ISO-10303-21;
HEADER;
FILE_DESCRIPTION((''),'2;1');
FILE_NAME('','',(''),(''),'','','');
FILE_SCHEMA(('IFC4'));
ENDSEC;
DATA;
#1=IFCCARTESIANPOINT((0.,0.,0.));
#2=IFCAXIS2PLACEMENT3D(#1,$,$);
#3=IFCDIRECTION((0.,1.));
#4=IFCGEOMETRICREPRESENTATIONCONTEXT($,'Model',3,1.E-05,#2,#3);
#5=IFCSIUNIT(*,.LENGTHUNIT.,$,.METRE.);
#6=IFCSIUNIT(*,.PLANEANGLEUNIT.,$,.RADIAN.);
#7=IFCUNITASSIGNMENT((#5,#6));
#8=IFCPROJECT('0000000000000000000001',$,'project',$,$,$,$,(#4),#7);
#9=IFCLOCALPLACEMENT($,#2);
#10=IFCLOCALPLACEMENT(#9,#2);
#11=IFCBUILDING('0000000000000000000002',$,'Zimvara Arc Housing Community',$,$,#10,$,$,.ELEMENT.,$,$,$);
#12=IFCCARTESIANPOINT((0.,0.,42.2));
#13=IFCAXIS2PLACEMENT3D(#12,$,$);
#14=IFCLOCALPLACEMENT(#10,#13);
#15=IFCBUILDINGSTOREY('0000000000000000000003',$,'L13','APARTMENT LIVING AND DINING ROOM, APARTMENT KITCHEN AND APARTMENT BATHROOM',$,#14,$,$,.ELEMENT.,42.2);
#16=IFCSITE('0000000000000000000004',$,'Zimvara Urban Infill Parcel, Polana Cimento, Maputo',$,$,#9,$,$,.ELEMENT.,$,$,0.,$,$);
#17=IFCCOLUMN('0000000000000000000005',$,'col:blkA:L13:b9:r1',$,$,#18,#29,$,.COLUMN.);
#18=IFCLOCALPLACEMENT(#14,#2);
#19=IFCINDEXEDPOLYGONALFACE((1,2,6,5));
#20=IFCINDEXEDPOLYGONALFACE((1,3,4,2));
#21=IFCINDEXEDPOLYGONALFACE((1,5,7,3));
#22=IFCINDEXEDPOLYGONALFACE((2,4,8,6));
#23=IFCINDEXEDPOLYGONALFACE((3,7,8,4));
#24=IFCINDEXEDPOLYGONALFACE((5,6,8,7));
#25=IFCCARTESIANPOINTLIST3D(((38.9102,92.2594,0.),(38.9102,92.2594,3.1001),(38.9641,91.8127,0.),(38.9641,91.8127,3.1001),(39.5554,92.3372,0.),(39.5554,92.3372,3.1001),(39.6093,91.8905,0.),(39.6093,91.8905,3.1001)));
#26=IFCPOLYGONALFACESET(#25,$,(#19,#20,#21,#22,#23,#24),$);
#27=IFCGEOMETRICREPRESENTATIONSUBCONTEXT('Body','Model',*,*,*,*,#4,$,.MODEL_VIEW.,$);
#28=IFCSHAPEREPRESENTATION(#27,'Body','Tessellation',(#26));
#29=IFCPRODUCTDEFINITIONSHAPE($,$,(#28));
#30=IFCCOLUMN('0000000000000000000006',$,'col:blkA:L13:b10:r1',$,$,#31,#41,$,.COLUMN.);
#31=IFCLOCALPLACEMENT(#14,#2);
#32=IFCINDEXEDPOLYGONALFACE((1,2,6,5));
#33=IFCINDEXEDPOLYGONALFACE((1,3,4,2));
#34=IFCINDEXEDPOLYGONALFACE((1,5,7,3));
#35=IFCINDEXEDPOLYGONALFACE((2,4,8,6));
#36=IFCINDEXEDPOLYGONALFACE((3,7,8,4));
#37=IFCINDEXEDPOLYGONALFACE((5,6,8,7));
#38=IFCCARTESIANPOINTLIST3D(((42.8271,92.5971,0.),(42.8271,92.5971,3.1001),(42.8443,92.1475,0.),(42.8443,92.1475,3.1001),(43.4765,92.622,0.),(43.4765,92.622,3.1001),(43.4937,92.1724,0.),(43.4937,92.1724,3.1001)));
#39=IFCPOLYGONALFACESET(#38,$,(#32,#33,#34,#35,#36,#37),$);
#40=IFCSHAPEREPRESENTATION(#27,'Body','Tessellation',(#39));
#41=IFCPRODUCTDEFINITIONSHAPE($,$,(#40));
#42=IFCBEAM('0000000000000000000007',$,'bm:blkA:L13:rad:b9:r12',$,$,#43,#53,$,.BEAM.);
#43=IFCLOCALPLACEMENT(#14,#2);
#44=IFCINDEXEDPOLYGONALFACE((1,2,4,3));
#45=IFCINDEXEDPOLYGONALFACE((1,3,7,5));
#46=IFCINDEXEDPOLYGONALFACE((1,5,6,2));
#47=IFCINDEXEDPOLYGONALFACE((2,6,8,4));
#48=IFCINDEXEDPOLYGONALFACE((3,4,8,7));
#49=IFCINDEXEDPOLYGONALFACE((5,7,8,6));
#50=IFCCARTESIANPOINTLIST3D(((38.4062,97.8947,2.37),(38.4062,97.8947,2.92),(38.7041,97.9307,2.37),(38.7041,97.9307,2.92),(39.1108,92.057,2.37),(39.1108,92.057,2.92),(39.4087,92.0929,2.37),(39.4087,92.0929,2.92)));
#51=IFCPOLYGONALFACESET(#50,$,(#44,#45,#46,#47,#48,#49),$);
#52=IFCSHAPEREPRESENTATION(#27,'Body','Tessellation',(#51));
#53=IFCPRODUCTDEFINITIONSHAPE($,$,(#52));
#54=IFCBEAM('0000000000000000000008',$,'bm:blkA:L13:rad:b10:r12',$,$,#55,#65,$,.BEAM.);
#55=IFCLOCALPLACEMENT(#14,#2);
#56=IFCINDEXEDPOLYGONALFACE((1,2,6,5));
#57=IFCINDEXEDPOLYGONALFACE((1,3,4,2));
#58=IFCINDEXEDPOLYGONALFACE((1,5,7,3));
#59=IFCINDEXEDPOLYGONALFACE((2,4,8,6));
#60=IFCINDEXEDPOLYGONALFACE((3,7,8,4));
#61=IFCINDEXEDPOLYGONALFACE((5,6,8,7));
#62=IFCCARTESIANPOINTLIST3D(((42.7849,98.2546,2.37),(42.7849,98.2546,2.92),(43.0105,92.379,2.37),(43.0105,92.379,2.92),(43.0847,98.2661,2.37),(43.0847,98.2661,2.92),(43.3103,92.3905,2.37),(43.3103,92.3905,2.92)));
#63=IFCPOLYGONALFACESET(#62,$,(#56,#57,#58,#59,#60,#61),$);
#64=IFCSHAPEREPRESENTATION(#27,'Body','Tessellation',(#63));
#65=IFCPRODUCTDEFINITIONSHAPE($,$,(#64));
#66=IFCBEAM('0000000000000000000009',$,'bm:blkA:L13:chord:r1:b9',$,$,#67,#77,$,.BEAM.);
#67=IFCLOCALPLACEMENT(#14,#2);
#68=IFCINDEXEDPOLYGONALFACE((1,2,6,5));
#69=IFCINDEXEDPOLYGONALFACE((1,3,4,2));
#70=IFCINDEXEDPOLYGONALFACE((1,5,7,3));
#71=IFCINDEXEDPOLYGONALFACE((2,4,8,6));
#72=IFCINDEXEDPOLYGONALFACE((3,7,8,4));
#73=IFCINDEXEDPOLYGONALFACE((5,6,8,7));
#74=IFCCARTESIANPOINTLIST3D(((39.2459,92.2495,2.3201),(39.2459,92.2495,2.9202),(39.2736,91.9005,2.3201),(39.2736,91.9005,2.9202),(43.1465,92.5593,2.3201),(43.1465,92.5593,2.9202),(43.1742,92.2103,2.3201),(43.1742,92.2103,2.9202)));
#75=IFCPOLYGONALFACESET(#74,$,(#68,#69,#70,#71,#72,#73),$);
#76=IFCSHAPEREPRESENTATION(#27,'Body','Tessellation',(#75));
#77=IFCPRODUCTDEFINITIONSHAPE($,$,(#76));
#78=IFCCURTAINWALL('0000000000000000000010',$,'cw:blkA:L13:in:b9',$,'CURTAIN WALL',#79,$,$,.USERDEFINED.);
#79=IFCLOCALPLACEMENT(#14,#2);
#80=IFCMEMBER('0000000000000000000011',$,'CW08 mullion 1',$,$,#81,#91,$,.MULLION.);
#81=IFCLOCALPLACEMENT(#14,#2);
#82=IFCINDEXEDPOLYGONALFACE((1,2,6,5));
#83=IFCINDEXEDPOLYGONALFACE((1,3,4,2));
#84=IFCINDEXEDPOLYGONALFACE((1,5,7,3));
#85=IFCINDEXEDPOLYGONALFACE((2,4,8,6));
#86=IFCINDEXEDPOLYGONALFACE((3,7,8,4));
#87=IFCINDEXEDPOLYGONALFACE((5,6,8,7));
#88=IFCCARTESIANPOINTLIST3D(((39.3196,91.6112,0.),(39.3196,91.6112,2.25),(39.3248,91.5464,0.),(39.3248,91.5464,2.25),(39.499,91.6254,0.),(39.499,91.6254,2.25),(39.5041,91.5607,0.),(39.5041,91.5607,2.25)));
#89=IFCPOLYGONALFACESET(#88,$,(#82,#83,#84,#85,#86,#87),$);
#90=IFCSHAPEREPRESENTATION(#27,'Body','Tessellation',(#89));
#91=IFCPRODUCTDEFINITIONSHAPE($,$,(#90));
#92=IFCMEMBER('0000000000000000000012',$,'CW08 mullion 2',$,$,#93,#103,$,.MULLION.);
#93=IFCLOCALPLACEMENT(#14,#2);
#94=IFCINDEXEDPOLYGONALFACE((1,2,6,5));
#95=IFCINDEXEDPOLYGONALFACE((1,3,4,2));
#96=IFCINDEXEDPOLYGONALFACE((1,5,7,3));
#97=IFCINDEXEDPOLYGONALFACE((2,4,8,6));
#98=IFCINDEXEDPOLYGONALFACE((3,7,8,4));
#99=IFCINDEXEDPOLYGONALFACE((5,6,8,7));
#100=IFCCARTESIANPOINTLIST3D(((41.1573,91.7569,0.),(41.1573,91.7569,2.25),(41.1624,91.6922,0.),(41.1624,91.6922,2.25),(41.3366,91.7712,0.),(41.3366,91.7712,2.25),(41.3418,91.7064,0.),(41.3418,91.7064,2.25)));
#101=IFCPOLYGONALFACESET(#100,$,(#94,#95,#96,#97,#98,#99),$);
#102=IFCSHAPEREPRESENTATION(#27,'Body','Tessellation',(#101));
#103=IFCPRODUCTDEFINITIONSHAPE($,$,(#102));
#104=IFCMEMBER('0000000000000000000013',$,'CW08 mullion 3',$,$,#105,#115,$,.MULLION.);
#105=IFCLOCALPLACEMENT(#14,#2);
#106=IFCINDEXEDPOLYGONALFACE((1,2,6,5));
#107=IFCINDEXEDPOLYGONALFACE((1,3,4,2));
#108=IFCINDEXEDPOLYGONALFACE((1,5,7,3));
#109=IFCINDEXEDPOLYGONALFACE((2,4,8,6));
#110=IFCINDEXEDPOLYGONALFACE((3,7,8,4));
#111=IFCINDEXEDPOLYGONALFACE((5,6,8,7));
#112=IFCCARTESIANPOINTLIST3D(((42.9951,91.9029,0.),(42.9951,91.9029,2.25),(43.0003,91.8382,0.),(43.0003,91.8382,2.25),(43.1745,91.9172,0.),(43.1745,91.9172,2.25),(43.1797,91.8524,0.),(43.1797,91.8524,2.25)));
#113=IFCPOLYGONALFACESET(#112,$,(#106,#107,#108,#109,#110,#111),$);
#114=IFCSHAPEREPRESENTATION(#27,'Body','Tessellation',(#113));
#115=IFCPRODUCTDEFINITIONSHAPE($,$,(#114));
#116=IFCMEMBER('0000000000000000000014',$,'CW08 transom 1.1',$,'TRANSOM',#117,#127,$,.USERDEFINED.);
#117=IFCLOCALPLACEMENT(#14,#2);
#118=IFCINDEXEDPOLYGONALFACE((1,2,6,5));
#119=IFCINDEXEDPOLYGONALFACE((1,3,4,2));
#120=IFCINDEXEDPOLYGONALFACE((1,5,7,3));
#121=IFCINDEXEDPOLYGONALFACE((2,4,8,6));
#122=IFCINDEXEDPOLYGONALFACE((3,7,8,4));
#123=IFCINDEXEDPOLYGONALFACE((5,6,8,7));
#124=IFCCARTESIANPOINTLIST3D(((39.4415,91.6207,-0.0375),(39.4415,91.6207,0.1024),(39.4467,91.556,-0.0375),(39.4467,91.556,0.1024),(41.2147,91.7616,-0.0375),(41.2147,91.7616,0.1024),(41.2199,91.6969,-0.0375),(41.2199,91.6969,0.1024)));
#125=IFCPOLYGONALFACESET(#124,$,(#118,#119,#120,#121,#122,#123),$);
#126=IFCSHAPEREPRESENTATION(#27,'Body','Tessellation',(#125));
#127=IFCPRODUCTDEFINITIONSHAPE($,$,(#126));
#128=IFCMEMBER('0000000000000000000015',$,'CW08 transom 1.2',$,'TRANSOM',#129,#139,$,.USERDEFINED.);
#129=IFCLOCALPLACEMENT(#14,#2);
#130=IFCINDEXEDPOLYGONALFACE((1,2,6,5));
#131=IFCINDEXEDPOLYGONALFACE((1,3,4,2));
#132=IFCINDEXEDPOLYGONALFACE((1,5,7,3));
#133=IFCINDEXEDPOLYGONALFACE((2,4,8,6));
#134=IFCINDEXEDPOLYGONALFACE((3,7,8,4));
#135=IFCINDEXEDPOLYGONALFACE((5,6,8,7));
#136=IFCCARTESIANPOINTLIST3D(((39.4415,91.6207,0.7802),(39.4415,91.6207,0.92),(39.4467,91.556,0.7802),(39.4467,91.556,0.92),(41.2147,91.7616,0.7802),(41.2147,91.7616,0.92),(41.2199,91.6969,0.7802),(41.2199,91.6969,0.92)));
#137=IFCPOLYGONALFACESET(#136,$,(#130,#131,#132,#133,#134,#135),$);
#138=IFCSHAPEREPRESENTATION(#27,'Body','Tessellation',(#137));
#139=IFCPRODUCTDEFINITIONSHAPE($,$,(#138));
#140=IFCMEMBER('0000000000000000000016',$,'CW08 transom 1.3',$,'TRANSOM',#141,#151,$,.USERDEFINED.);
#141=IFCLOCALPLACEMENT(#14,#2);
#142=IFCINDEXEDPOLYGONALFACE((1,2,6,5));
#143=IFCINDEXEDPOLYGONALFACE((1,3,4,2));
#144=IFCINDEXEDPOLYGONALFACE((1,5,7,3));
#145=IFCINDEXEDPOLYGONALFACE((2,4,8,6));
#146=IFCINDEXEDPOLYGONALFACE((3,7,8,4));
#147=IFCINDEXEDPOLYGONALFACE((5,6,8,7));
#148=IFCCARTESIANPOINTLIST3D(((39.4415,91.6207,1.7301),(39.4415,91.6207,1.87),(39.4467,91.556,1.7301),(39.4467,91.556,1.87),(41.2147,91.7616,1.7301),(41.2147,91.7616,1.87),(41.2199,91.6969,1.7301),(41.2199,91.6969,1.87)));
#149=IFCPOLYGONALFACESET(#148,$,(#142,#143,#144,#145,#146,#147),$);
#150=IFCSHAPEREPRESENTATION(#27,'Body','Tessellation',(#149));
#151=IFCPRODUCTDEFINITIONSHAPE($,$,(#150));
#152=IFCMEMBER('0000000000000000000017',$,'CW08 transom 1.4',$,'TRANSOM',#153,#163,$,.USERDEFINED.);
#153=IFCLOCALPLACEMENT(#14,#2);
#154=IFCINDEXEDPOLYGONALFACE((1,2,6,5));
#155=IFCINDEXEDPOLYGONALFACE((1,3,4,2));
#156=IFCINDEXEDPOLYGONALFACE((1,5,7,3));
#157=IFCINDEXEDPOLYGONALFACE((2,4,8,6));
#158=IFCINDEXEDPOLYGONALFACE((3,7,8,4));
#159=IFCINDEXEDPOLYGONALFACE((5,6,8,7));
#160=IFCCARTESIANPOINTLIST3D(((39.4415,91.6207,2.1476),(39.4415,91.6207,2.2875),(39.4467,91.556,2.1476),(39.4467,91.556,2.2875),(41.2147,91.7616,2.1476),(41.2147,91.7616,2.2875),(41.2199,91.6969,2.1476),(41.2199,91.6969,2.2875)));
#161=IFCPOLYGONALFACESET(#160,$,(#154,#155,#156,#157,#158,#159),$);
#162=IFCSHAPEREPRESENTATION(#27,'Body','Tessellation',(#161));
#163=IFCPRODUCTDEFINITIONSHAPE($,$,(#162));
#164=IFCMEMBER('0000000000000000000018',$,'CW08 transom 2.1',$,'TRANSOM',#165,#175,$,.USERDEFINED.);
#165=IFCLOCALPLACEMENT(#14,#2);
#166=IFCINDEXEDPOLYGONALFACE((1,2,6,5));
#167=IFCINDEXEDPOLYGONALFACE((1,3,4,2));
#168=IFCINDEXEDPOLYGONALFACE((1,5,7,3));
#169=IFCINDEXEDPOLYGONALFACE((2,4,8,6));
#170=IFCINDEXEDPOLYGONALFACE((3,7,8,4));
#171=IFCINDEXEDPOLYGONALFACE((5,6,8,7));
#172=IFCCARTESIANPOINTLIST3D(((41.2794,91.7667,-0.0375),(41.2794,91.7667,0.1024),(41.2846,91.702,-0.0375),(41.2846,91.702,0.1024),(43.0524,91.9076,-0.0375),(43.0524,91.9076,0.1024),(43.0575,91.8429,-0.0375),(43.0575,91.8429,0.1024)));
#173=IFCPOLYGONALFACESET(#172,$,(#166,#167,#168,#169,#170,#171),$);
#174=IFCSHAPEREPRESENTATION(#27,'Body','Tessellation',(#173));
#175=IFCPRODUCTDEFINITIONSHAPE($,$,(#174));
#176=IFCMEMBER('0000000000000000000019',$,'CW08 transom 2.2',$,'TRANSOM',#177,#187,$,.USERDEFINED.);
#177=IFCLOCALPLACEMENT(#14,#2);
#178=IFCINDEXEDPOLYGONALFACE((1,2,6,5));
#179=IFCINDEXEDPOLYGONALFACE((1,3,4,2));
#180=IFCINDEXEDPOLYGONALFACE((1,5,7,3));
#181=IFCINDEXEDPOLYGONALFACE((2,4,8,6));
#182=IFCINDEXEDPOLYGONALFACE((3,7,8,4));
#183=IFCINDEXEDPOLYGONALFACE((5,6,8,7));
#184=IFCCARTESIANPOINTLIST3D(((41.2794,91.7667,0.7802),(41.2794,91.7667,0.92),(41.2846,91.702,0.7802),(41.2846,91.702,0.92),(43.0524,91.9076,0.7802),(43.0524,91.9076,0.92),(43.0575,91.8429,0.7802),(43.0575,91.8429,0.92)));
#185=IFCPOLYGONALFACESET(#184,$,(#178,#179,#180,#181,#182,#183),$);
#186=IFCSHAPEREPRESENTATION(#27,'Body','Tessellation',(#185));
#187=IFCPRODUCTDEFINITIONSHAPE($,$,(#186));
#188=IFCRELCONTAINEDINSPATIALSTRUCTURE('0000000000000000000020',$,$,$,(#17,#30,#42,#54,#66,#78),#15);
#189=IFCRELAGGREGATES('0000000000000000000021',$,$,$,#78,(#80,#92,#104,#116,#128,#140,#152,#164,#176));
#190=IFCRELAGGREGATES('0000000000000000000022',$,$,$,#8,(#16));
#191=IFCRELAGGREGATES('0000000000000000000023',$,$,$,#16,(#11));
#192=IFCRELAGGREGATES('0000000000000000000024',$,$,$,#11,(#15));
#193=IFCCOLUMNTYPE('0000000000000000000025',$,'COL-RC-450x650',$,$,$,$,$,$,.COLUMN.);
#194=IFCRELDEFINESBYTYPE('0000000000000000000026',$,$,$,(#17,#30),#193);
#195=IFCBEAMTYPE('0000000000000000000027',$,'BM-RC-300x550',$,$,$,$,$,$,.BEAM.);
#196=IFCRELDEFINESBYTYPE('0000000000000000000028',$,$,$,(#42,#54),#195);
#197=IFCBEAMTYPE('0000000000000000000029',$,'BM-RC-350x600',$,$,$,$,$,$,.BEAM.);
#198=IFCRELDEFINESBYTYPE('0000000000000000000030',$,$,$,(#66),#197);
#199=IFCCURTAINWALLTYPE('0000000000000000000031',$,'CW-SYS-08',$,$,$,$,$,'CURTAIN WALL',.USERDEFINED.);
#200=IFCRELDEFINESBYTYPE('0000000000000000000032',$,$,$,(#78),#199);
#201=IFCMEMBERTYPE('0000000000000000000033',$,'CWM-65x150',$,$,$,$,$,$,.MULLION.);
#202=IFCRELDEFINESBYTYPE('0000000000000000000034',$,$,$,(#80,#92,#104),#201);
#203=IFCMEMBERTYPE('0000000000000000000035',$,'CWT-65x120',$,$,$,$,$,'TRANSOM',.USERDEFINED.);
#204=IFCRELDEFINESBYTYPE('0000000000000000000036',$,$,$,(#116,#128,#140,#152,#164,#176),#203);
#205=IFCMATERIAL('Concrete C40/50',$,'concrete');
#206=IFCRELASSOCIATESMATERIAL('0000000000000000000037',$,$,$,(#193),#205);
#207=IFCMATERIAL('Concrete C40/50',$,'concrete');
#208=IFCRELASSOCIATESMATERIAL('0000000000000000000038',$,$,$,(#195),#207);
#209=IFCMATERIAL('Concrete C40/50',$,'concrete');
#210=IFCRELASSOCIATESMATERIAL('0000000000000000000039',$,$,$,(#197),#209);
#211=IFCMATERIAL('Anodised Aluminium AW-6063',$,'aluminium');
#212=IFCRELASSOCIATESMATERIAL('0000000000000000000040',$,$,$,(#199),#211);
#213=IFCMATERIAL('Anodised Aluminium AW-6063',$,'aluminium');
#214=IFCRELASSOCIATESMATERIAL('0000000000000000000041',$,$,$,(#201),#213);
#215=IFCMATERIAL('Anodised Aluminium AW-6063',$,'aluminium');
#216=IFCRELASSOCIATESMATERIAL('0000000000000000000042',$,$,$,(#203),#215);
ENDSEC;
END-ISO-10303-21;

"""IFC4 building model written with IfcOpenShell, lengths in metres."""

from ifc_helpers import new_model, si_unit, direction, frame, origin, origin_2d, place, context, subcontext, project, spatial, rectangle, extrude, material, material_profile, profile_set, type_object, element, aggregate, save


model = new_model("IFC4")

# Units and contexts
model_context = context("Model", 3, precision=1e-05, world=origin(), true_north=direction((0.0, 1.0)))
body_context = subcontext(model_context, "Body", "Model", "MODEL_VIEW")
ifc_project = project(units=[si_unit("LENGTHUNIT", "METRE"), si_unit("PLANEANGLEUNIT", "RADIAN")], contexts=[model_context])

# Site, building, storey
site_placement = place(None, origin())
site = spatial("IfcSite", under=ifc_project, at=site_placement, Name="Zimvara Urban Infill Parcel, Polana Cimento, Maputo", CompositionType="ELEMENT", RefElevation=0.0)
building_placement = place(site_placement, origin())
building = spatial("IfcBuilding", under=site, at=building_placement, Name="Zimvara Arc Housing Community", CompositionType="ELEMENT")
storey_placement = place(building_placement, frame((0.0, 0.0, 42.2)))
storey = spatial("IfcBuildingStorey", under=building, at=storey_placement, Name="L13", Description="APARTMENT LIVING AND DINING ROOM, APARTMENT KITCHEN AND APARTMENT BATHROOM", CompositionType="ELEMENT", Elevation=42.2)

# Columns
ifc_material_1 = material(Name="Concrete C40/50", Category="concrete")
ifc_material_profile_1 = material_profile(ifc_material_1, rectangle(XDim=0.45, YDim=0.6499, at=origin_2d()), Name="RC 450x650")
ifc_profile_set_1 = profile_set([ifc_material_profile_1], Name="Concrete C40/50")
column_type = type_object("IfcColumnType", Name="COL-RC-450x650", PredefinedType="COLUMN", material=ifc_profile_set_1)
for number, where, z_axis, x_axis, name in (
    (1, (39.2598, 92.075, 0.0), (0.0, 0.0, 1.0), (-0.11979, 0.992799, 0.0), "col:blkA:L13:b9:r1"),
    (2, (43.1604, 92.3848, 0.0), (0.0, 0.0, 1.0), (-0.038388, 0.999263, 0.0), "col:blkA:L13:b10:r1"),
):
    element("IfcColumn", number, at=place(storey_placement, frame(where, z_axis=z_axis, x_axis=x_axis)), inside=storey, type_object=column_type, Name=name, PredefinedType="COLUMN", context=body_context, shape_type="SweptSolid", body=[
        extrude(rectangle(XDim=0.45, YDim=0.6499, at=origin_2d()), origin(), (0.0, 0.0, 1.0), 3.1001),
    ])

# Beams
ifc_material_2 = material(Name="Concrete C40/50", Category="concrete")
ifc_material_profile_2 = material_profile(ifc_material_2, rectangle(XDim=0.3, YDim=0.55, at=origin_2d()), Name="RC 300x550")
ifc_profile_set_2 = profile_set([ifc_material_profile_2], Name="Concrete C40/50")
beam_type_1 = type_object("IfcBeamType", Name="BM-RC-300x550", PredefinedType="BEAM", material=ifc_profile_set_2)
beam_1_placement = place(storey_placement, frame((39.2598, 92.075, 2.645), z_axis=(-0.119828, 0.992795, 0.0), x_axis=(-0.992795, -0.119828, 0.0)))
element("IfcBeam", 3, at=beam_1_placement, inside=storey, type_object=beam_type_1, Name="bm:blkA:L13:rad:b9:r12", PredefinedType="BEAM", context=body_context, shape_type="SweptSolid", body=[
    extrude(rectangle(XDim=0.3, YDim=0.55, at=origin_2d()), origin(), (0.0, 0.0, 1.0), 5.8801),
])
beam_2_placement = place(storey_placement, frame((43.1604, 92.3848, 2.645), z_axis=(-0.038366, 0.999264, 0.0), x_axis=(-0.999264, -0.038366, 0.0)))
element("IfcBeam", 4, at=beam_2_placement, inside=storey, type_object=beam_type_1, Name="bm:blkA:L13:rad:b10:r12", PredefinedType="BEAM", context=body_context, shape_type="SweptSolid", body=[
    extrude(rectangle(XDim=0.3, YDim=0.55, at=origin_2d()), origin(), (0.0, 0.0, 1.0), 5.8799),
])
ifc_material_3 = material(Name="Concrete C40/50", Category="concrete")
ifc_material_profile_3 = material_profile(ifc_material_3, rectangle(XDim=0.3501, YDim=0.6001, at=origin_2d()), Name="RC 350x600")
ifc_profile_set_3 = profile_set([ifc_material_profile_3], Name="Concrete C40/50")
beam_type_2 = type_object("IfcBeamType", Name="BM-RC-350x600", PredefinedType="BEAM", material=ifc_profile_set_3)
beam_3_placement = place(storey_placement, frame((39.2598, 92.075, 2.6201), z_axis=(0.996861, 0.079177, 0.0), x_axis=(-0.079177, 0.996861, 0.0)))
element("IfcBeam", 5, at=beam_3_placement, inside=storey, type_object=beam_type_2, Name="bm:blkA:L13:chord:r1:b9", PredefinedType="BEAM", context=body_context, shape_type="SweptSolid", body=[
    extrude(rectangle(XDim=0.3501, YDim=0.6001, at=origin_2d()), origin(), (0.0, 0.0, 1.0), 3.9128),
])

# Curtain wall, members
ifc_material_4 = material(Name="Anodised Aluminium AW-6063", Category="aluminium")
curtain_wall_type = type_object("IfcCurtainWallType", Name="CW-SYS-08", ElementType="CURTAIN WALL", PredefinedType="USERDEFINED", material=ifc_material_4)
curtain_wall_placement = place(storey_placement, origin())
curtain_wall = element("IfcCurtainWall", 6, at=curtain_wall_placement, inside=storey, type_object=curtain_wall_type, Name="cw:blkA:L13:in:b9", ObjectType="CURTAIN WALL", PredefinedType="USERDEFINED")
ifc_material_5 = material(Name="Anodised Aluminium AW-6063", Category="aluminium")
ifc_material_profile_4 = material_profile(ifc_material_5, rectangle(XDim=0.0649, YDim=0.1799, at=origin_2d()), Name="ALU 65x180")
ifc_profile_set_4 = profile_set([ifc_material_profile_4], Name="Anodised Aluminium AW-6063")
member_type_1 = type_object("IfcMemberType", Name="CWM-65x150", PredefinedType="MULLION", material=ifc_profile_set_4)
member_1_placement = place(storey_placement, frame((39.4119, 91.5859, 0.0), z_axis=(0.0, 0.0, 1.0), x_axis=(-0.079155, 0.996862, 0.0)))
member_1 = element("IfcMember", 7, at=member_1_placement, type_object=member_type_1, Name="CW08 mullion 1", PredefinedType="MULLION", context=body_context, shape_type="SweptSolid", body=[
    extrude(rectangle(XDim=0.0649, YDim=0.1799, at=origin_2d()), origin(), (0.0, 0.0, 1.0), 2.25),
])
member_2_placement = place(storey_placement, frame((41.2495, 91.7317, 0.0), z_axis=(0.0, 0.0, 1.0), x_axis=(-0.079155, 0.996862, 0.0)))
member_2 = element("IfcMember", 8, at=member_2_placement, type_object=member_type_1, Name="CW08 mullion 2", PredefinedType="MULLION", context=body_context, shape_type="SweptSolid", body=[
    extrude(rectangle(XDim=0.0649, YDim=0.1799, at=origin_2d()), origin(), (0.0, 0.0, 1.0), 2.25),
])
member_3_placement = place(storey_placement, frame((43.0874, 91.8777, 0.0), z_axis=(0.0, 0.0, 1.0), x_axis=(-0.079155, 0.996862, 0.0)))
member_3 = element("IfcMember", 9, at=member_3_placement, type_object=member_type_1, Name="CW08 mullion 3", PredefinedType="MULLION", context=body_context, shape_type="SweptSolid", body=[
    extrude(rectangle(XDim=0.0649, YDim=0.1799, at=origin_2d()), origin(), (0.0, 0.0, 1.0), 2.25),
])
ifc_material_6 = material(Name="Anodised Aluminium AW-6063", Category="aluminium")
ifc_material_profile_5 = material_profile(ifc_material_6, rectangle(XDim=0.0649, YDim=0.1399, at=origin_2d()), Name="ALU 65x140")
ifc_profile_set_5 = profile_set([ifc_material_profile_5], Name="Anodised Aluminium AW-6063")
member_type_2 = type_object("IfcMemberType", Name="CWT-65x120", ElementType="TRANSOM", PredefinedType="USERDEFINED", material=ifc_profile_set_5)
member_4_placement = place(storey_placement, frame((39.4441, 91.5884, 0.0325), z_axis=(0.996859, 0.079194, 0.0), x_axis=(-0.079194, 0.996859, 0.0)))
member_4 = element("IfcMember", 10, at=member_4_placement, type_object=member_type_2, Name="CW08 transom 1.1", ObjectType="TRANSOM", PredefinedType="USERDEFINED", context=body_context, shape_type="SweptSolid", body=[
    extrude(rectangle(XDim=0.0649, YDim=0.1399, at=origin_2d()), origin(), (0.0, 0.0, 1.0), 1.7788),
])
member_5_placement = place(storey_placement, frame((39.4441, 91.5884, 0.8501), z_axis=(0.996859, 0.079194, 0.0), x_axis=(-0.079194, 0.996859, 0.0)))
member_5 = element("IfcMember", 11, at=member_5_placement, type_object=member_type_2, Name="CW08 transom 1.2", ObjectType="TRANSOM", PredefinedType="USERDEFINED", context=body_context, shape_type="SweptSolid", body=[
    extrude(rectangle(XDim=0.0649, YDim=0.1399, at=origin_2d()), origin(), (0.0, 0.0, 1.0), 1.7788),
])
member_6_placement = place(storey_placement, frame((39.4441, 91.5884, 1.8), z_axis=(0.996859, 0.079194, 0.0), x_axis=(-0.079194, 0.996859, 0.0)))
member_6 = element("IfcMember", 12, at=member_6_placement, type_object=member_type_2, Name="CW08 transom 1.3", ObjectType="TRANSOM", PredefinedType="USERDEFINED", context=body_context, shape_type="SweptSolid", body=[
    extrude(rectangle(XDim=0.0649, YDim=0.1399, at=origin_2d()), origin(), (0.0, 0.0, 1.0), 1.7788),
])
member_7_placement = place(storey_placement, frame((39.4441, 91.5884, 2.2175), z_axis=(0.996859, 0.079194, 0.0), x_axis=(-0.079194, 0.996859, 0.0)))
member_7 = element("IfcMember", 13, at=member_7_placement, type_object=member_type_2, Name="CW08 transom 1.4", ObjectType="TRANSOM", PredefinedType="USERDEFINED", context=body_context, shape_type="SweptSolid", body=[
    extrude(rectangle(XDim=0.0649, YDim=0.1399, at=origin_2d()), origin(), (0.0, 0.0, 1.0), 1.7788),
])
member_8_placement = place(storey_placement, frame((41.282, 91.7344, 0.0325), z_axis=(0.996858, 0.079205, 0.0), x_axis=(-0.079205, 0.996858, 0.0)))
member_8 = element("IfcMember", 14, at=member_8_placement, type_object=member_type_2, Name="CW08 transom 2.1", ObjectType="TRANSOM", PredefinedType="USERDEFINED", context=body_context, shape_type="SweptSolid", body=[
    extrude(rectangle(XDim=0.0649, YDim=0.1399, at=origin_2d()), origin(), (0.0, 0.0, 1.0), 1.7786),
])
member_9_placement = place(storey_placement, frame((41.282, 91.7344, 0.8501), z_axis=(0.996858, 0.079205, 0.0), x_axis=(-0.079205, 0.996858, 0.0)))
member_9 = element("IfcMember", 15, at=member_9_placement, type_object=member_type_2, Name="CW08 transom 2.2", ObjectType="TRANSOM", PredefinedType="USERDEFINED", context=body_context, shape_type="SweptSolid", body=[
    extrude(rectangle(XDim=0.0649, YDim=0.1399, at=origin_2d()), origin(), (0.0, 0.0, 1.0), 1.7786),
])
aggregate(curtain_wall, [member_1, member_2, member_3, member_4, member_5, member_6, member_7, member_8, member_9])

save(model, "model.ifc")
